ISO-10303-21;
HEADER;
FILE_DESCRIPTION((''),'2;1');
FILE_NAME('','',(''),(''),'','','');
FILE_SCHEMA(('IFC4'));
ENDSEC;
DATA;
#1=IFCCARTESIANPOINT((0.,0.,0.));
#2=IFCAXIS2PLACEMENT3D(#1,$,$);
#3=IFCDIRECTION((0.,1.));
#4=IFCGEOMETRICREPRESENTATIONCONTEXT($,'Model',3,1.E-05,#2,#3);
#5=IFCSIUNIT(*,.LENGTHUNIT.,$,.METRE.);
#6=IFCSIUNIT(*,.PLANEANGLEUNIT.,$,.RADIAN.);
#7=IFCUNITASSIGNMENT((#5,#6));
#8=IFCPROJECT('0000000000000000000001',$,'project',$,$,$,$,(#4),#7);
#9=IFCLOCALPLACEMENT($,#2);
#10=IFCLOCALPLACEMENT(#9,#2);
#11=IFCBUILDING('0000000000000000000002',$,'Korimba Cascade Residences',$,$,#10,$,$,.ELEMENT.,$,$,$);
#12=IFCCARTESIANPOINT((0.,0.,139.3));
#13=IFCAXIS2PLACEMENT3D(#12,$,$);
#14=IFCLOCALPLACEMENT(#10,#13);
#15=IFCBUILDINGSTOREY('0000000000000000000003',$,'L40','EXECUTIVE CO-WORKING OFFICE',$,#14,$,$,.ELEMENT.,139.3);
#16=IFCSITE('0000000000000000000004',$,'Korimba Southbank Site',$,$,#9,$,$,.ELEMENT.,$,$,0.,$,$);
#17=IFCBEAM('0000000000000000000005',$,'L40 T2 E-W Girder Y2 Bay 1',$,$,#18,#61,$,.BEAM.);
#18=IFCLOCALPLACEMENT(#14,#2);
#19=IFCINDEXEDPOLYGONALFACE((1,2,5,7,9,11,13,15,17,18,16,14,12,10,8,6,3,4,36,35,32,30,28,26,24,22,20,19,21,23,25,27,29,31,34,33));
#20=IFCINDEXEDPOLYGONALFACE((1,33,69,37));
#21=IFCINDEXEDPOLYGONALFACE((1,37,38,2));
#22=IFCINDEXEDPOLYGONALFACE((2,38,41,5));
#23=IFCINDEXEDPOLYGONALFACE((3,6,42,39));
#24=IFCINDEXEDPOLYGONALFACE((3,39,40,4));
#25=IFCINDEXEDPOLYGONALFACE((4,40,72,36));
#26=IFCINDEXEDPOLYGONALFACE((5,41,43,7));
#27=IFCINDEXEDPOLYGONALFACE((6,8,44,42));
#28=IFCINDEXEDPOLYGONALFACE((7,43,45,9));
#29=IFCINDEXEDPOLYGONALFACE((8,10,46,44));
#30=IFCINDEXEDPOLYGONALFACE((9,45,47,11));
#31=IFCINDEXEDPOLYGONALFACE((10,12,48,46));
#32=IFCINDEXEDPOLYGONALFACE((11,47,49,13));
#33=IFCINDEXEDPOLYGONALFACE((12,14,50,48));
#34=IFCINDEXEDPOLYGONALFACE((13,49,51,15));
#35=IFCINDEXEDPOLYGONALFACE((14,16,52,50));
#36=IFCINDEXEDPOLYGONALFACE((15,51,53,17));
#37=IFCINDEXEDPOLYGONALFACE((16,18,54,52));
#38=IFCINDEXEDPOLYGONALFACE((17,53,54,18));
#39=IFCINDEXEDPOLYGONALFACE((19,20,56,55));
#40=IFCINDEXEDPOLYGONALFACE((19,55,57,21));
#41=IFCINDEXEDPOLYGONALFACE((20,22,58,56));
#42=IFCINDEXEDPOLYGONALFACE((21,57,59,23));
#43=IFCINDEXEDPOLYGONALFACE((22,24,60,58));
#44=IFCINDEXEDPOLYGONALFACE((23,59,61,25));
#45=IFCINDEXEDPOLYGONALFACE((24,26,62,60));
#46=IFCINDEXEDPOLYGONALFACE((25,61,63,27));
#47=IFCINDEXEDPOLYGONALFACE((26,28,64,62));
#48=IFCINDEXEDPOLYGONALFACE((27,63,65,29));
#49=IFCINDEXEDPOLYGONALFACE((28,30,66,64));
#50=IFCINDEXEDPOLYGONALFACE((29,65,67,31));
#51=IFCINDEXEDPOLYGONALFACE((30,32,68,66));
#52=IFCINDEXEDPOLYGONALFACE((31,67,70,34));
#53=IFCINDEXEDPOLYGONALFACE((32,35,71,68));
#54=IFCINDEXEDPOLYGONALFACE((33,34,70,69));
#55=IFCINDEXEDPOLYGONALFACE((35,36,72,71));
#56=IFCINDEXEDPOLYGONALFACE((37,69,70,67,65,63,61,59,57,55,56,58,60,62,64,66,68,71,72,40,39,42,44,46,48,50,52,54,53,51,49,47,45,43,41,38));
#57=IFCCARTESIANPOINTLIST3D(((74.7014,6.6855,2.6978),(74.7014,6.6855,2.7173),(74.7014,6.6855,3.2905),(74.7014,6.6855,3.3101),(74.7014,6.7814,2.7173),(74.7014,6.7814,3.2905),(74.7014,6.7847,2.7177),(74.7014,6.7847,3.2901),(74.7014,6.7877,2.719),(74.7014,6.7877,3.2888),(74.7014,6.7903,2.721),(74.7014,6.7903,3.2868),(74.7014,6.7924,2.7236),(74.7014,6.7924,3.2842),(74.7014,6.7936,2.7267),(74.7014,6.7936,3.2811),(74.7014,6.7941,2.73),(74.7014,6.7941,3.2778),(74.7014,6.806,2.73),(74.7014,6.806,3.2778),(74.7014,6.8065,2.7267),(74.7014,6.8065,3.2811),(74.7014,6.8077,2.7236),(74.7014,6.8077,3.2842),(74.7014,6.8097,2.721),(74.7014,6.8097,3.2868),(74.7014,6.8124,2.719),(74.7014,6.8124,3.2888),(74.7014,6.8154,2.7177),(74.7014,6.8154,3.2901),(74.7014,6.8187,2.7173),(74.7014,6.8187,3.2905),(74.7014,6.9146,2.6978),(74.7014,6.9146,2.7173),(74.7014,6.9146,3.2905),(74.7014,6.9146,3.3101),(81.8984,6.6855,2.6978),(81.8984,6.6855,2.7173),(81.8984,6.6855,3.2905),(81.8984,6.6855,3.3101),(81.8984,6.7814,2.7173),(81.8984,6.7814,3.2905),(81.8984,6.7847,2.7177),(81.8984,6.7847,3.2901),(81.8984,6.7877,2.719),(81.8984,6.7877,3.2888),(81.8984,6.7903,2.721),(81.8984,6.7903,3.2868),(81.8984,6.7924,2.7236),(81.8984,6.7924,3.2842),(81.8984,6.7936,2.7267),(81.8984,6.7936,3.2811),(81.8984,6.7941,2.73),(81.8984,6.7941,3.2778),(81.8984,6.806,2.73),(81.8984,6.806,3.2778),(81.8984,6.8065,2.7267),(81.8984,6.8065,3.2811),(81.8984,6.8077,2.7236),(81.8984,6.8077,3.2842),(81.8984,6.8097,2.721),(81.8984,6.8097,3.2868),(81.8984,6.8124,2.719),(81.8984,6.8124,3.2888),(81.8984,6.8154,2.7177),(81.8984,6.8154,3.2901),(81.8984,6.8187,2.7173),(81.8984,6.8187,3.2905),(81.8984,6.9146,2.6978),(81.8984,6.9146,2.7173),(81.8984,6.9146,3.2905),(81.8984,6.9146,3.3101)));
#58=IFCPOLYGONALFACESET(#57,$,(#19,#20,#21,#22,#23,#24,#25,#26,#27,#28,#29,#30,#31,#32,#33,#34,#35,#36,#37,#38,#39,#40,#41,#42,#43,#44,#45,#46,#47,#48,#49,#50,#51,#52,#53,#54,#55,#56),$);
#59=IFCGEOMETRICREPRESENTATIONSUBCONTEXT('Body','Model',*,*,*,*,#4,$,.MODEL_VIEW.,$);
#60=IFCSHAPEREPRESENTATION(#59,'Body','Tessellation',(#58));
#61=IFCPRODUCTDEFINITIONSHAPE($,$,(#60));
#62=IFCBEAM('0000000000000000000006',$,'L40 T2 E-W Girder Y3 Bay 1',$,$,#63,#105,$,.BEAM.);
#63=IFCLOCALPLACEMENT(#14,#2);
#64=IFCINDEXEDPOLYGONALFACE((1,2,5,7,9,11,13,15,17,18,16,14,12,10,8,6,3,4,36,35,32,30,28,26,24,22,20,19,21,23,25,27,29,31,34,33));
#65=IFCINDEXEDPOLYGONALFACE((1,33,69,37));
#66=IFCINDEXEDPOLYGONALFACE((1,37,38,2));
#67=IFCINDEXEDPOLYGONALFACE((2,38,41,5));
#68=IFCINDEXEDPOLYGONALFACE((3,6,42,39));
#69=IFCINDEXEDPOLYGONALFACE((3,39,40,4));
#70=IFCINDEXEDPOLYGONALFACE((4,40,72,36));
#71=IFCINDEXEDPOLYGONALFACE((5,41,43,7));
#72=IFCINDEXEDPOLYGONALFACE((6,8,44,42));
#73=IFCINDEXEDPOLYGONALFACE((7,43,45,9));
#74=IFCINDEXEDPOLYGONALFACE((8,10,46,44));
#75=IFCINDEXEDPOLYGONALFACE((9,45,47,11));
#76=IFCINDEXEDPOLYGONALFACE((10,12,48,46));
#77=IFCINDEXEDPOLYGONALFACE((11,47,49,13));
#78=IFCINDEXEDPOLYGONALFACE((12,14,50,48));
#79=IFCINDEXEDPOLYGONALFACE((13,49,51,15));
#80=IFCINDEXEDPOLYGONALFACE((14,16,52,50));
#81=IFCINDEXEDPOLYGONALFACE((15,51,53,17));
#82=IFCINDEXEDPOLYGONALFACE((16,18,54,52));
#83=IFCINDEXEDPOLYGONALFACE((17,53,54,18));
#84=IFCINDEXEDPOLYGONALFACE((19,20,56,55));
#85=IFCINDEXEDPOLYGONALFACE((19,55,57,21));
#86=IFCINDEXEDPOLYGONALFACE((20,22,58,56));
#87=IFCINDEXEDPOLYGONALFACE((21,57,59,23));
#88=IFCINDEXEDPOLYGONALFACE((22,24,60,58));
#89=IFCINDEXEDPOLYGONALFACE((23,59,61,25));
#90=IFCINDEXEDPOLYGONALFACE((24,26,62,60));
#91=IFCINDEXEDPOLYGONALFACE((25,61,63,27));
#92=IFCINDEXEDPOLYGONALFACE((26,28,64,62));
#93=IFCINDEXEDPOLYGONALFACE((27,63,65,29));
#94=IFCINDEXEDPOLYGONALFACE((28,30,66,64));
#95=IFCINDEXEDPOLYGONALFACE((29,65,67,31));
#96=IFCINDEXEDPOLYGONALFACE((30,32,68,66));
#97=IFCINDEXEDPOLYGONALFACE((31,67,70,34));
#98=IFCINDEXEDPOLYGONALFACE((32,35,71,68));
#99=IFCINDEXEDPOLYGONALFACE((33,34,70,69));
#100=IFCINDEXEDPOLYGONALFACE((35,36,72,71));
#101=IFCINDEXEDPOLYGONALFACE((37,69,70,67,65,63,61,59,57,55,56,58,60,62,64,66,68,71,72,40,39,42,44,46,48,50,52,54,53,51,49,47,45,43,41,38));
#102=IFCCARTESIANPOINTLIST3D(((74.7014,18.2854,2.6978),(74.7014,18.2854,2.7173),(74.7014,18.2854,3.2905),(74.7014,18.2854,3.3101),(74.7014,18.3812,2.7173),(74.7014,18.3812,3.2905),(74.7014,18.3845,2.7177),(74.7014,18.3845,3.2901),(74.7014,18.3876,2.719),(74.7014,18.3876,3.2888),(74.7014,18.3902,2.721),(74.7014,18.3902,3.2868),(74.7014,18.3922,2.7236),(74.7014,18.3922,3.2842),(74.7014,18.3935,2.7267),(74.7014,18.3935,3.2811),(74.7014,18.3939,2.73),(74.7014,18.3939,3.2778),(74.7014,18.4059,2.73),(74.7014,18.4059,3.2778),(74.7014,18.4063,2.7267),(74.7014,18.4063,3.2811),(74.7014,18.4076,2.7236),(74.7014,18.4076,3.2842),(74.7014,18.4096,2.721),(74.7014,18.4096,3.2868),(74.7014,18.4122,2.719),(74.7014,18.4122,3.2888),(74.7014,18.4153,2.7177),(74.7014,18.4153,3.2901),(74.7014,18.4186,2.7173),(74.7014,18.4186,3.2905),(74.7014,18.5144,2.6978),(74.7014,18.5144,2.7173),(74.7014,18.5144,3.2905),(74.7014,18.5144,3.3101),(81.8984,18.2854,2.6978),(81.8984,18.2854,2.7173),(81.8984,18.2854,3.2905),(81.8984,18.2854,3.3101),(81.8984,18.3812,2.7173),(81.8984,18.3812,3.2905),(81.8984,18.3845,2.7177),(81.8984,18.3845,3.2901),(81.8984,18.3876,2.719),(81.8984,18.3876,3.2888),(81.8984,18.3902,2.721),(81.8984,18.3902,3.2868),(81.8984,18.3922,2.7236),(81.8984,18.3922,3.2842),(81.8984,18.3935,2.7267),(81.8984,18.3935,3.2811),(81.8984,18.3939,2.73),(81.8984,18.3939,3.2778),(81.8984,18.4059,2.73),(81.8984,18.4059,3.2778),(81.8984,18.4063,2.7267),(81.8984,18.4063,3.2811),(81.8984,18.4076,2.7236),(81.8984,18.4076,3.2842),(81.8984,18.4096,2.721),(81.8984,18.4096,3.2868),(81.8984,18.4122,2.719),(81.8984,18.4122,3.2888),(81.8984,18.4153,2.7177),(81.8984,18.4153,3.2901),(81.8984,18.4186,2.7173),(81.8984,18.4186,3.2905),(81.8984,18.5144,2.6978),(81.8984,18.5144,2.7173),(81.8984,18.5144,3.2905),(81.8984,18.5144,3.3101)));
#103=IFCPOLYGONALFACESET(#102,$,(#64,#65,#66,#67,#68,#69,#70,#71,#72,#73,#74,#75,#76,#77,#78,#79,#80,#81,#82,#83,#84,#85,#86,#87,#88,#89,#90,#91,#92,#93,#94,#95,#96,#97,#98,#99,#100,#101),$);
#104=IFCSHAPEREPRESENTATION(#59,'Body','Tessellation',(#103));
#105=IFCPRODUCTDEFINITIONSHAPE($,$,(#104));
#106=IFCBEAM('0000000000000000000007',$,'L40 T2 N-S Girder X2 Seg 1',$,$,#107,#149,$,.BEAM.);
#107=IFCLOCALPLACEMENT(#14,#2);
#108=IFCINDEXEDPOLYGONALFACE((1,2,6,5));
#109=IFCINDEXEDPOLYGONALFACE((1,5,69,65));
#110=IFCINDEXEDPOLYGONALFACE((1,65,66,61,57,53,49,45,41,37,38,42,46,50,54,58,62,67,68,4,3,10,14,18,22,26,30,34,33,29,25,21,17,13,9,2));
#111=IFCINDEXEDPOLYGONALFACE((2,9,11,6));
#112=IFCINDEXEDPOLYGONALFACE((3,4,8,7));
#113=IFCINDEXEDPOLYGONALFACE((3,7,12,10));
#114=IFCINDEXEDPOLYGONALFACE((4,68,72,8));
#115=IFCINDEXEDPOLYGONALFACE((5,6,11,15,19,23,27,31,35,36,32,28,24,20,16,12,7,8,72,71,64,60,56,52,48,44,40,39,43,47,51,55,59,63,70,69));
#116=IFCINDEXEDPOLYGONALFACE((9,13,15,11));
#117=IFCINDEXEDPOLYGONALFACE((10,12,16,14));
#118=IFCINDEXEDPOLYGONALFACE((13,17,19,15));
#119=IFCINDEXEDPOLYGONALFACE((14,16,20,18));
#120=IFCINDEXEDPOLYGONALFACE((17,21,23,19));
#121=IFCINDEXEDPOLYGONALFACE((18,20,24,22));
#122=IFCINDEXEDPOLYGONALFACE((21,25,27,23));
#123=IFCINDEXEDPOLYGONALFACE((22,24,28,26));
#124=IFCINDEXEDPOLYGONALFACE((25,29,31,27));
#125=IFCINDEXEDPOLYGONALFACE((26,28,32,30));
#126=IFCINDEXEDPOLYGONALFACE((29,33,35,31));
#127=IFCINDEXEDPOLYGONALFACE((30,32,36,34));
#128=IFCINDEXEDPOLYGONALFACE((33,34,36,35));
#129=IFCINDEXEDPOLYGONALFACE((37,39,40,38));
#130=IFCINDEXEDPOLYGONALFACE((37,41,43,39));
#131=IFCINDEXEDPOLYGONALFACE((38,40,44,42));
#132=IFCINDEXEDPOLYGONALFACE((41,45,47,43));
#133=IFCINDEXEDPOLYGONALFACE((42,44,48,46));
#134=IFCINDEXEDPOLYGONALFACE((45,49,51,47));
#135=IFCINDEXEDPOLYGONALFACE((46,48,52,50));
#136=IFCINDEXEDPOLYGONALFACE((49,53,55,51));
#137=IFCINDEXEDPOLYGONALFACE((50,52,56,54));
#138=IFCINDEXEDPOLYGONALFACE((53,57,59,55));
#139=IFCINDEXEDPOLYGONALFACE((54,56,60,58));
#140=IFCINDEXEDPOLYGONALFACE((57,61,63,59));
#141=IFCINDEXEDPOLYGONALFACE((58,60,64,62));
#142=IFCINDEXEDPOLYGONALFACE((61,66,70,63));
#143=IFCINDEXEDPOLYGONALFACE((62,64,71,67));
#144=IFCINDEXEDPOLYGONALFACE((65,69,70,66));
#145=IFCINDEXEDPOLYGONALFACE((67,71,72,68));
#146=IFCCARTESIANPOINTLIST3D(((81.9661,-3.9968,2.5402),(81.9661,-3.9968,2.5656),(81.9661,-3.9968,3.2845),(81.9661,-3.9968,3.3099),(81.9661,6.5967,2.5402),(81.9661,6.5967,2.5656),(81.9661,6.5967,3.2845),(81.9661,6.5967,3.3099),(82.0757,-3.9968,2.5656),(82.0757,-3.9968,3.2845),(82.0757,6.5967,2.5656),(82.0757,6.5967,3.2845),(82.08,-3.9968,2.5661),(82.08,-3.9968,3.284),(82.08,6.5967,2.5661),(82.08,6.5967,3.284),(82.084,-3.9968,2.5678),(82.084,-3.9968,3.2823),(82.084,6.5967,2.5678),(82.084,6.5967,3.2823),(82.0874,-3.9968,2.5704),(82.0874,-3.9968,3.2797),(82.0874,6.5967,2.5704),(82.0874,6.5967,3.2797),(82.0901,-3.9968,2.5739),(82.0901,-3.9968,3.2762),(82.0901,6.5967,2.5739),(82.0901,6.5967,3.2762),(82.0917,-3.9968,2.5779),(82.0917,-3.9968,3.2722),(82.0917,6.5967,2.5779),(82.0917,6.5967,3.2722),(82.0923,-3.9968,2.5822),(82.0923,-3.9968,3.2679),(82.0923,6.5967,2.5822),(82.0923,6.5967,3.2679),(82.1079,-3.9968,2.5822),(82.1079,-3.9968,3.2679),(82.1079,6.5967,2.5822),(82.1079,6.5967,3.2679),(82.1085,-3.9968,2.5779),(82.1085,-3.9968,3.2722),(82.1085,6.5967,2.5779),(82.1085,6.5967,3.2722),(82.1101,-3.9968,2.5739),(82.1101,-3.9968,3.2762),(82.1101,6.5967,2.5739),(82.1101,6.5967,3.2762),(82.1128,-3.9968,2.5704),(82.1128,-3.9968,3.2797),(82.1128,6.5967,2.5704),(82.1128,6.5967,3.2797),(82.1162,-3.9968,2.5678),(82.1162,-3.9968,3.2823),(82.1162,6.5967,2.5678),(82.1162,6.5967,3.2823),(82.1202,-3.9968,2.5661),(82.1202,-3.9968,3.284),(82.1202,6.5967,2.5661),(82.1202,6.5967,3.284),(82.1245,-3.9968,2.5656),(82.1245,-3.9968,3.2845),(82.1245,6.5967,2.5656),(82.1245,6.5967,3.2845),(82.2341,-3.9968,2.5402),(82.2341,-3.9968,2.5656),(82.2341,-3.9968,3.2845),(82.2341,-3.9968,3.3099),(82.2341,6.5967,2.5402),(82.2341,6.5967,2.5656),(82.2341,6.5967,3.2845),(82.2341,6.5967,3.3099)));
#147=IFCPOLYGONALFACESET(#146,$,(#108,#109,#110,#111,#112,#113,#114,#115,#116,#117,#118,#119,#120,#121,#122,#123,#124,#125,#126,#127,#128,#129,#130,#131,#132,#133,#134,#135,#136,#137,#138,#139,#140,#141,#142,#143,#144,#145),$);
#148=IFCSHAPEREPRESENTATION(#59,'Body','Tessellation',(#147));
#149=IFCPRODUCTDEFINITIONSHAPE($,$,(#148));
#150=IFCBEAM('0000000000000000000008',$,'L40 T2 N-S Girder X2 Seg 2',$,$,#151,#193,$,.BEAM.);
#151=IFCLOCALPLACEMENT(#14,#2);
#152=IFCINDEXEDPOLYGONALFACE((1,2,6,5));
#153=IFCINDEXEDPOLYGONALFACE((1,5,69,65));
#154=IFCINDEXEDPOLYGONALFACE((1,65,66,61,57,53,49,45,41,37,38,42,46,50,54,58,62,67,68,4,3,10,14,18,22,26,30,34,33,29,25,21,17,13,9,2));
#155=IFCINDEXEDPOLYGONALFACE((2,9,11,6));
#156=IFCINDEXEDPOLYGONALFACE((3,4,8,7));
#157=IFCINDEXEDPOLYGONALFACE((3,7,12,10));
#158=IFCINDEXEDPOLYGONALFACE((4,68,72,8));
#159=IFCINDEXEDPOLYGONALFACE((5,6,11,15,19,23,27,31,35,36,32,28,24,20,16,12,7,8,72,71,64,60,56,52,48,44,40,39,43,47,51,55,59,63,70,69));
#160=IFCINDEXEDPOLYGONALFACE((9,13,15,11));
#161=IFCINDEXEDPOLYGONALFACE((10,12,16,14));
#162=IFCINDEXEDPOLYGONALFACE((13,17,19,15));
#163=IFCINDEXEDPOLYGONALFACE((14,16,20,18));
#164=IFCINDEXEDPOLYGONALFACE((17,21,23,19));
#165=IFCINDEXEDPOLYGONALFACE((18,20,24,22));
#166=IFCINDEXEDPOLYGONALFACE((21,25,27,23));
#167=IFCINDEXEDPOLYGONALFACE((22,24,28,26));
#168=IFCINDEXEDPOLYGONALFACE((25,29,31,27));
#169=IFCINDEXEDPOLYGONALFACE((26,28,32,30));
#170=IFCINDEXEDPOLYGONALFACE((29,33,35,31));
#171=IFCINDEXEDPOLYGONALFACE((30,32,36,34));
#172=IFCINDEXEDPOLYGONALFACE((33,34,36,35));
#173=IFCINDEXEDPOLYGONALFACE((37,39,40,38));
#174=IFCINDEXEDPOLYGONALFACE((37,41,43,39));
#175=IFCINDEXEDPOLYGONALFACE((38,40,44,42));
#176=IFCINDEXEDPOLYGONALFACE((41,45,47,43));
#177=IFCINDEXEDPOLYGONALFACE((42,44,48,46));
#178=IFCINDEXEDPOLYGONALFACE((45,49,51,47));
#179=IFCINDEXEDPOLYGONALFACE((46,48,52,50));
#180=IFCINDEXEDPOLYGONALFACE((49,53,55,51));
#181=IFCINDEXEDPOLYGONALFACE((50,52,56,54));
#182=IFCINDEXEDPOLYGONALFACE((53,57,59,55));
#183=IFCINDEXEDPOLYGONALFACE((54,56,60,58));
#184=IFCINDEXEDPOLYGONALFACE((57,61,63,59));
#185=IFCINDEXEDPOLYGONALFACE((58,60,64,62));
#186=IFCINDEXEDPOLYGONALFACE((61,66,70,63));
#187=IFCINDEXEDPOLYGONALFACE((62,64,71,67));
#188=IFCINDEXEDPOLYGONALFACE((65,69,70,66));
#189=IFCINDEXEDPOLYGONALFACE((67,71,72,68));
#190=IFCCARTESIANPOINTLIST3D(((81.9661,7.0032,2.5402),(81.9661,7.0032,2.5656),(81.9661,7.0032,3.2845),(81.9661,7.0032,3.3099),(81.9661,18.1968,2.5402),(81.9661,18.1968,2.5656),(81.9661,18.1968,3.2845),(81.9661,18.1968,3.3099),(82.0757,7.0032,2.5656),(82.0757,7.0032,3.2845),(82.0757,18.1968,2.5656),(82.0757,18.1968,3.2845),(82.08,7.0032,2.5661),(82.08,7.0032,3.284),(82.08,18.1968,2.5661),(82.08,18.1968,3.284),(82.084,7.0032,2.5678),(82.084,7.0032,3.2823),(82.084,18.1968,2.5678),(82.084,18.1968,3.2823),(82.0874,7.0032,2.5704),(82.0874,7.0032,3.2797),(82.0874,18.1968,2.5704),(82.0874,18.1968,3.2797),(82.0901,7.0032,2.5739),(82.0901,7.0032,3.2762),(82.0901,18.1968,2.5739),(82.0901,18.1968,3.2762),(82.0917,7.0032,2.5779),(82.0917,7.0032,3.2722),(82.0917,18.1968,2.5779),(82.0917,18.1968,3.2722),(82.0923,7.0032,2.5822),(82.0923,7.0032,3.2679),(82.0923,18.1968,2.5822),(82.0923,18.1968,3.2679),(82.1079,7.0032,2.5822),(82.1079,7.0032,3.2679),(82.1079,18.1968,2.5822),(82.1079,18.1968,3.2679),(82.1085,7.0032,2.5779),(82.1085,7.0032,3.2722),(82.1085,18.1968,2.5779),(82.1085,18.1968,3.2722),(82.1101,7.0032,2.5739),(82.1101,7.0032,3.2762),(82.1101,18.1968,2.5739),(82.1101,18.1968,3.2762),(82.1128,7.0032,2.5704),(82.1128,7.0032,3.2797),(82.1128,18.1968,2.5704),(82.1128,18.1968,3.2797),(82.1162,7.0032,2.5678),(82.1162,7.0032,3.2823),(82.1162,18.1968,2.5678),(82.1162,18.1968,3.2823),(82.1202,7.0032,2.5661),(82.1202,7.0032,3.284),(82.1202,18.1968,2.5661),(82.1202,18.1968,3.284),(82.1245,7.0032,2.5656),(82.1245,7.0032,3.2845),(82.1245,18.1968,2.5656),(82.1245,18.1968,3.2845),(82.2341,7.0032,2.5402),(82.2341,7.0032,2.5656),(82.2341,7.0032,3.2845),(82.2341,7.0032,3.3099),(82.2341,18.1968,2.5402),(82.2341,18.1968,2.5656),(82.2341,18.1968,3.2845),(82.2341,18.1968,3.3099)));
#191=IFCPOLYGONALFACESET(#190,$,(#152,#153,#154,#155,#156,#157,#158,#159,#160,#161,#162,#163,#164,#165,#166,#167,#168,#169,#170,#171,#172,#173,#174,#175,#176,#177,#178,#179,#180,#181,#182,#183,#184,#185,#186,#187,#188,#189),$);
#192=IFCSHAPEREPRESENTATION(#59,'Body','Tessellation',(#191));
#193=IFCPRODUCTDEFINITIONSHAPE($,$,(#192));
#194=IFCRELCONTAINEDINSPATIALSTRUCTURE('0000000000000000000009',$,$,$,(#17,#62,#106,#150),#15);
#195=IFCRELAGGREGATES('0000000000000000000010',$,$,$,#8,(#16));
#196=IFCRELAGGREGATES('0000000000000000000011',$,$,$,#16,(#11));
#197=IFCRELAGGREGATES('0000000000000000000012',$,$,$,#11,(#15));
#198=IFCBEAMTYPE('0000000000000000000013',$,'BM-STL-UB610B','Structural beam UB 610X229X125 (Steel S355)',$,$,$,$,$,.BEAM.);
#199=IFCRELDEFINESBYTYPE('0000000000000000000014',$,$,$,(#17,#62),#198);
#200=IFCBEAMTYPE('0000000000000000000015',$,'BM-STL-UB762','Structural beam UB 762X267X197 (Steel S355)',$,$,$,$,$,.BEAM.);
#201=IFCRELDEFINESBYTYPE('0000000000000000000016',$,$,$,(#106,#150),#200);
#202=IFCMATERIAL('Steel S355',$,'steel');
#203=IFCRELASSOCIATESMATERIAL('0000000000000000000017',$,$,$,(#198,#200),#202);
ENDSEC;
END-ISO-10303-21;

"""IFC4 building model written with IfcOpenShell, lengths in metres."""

from ifc_helpers import new_model, si_unit, direction, frame, origin, origin_2d, place, context, subcontext, project, spatial, i_section, extrude, material, material_profile, profile_set, type_object, element, save


model = new_model("IFC4")

# Units and contexts
model_context = context("Model", 3, precision=1e-05, world=origin(), true_north=direction((0.0, 1.0)))
body_context = subcontext(model_context, "Body", "Model", "MODEL_VIEW")
ifc_project = project(units=[si_unit("LENGTHUNIT", "METRE"), si_unit("PLANEANGLEUNIT", "RADIAN")], contexts=[model_context])

# Site, building, storey
site_placement = place(None, origin())
site = spatial("IfcSite", under=ifc_project, at=site_placement, Name="Korimba Southbank Site", CompositionType="ELEMENT", RefElevation=0.0)
building_placement = place(site_placement, origin())
building = spatial("IfcBuilding", under=site, at=building_placement, Name="Korimba Cascade Residences", CompositionType="ELEMENT")
storey_placement = place(building_placement, frame((0.0, 0.0, 139.3)))
storey = spatial("IfcBuildingStorey", under=building, at=storey_placement, Name="L40", Description="EXECUTIVE CO-WORKING OFFICE", CompositionType="ELEMENT", Elevation=139.3)

# Beams
ifc_material_1 = material(Name="Steel S355", Category="steel")
ifc_material_profile_1 = material_profile(ifc_material_1, i_section(OverallWidth=0.229, OverallDepth=0.6123, WebThickness=0.012, FlangeThickness=0.0195, FilletRadius=0.0127, at=origin_2d()), Name="Steel S355")
ifc_profile_set_1 = profile_set([ifc_material_profile_1], Name="Steel S355")
beam_type_1 = type_object("IfcBeamType", Name="BM-STL-UB610B", Description="Structural beam UB 610X229X125 (Steel S355)", PredefinedType="BEAM", material=ifc_profile_set_1)
for number, where, z_axis, x_axis, name in (
    (1, (74.7014, 6.8, 3.0039), (1.0, 0.0, 0.0), (0.0, 1.0, 0.0), "L40 T2 E-W Girder Y2 Bay 1"),
    (2, (74.7014, 18.3999, 3.0039), (1.0, 0.0, 0.0), (0.0, 1.0, 0.0), "L40 T2 E-W Girder Y3 Bay 1"),
):
    element("IfcBeam", number, at=place(storey_placement, frame(where, z_axis=z_axis, x_axis=x_axis)), inside=storey, type_object=beam_type_1, Name=name, PredefinedType="BEAM", context=body_context, shape_type="SweptSolid", body=[
        extrude(i_section(OverallWidth=0.229, OverallDepth=0.6123, WebThickness=0.012, FlangeThickness=0.0195, FilletRadius=0.0127, at=origin_2d()), origin(), (0.0, 0.0, 1.0), 7.197),
    ])
ifc_material_profile_2 = material_profile(ifc_material_1, i_section(OverallWidth=0.2681, OverallDepth=0.7698, WebThickness=0.0156, FlangeThickness=0.0254, FilletRadius=0.0166, at=origin_2d()), Name="Steel S355")
ifc_profile_set_2 = profile_set([ifc_material_profile_2], Name="Steel S355")
beam_type_2 = type_object("IfcBeamType", Name="BM-STL-UB762", Description="Structural beam UB 762X267X197 (Steel S355)", PredefinedType="BEAM", material=ifc_profile_set_2)
beam_1_placement = place(storey_placement, frame((82.1001, -3.9968, 2.925), z_axis=(0.0, 1.0, 0.0), x_axis=(-1.0, 0.0, 0.0)))
element("IfcBeam", 3, at=beam_1_placement, inside=storey, type_object=beam_type_2, Name="L40 T2 N-S Girder X2 Seg 1", PredefinedType="BEAM", context=body_context, shape_type="SweptSolid", body=[
    extrude(i_section(OverallWidth=0.2681, OverallDepth=0.7698, WebThickness=0.0156, FlangeThickness=0.0254, FilletRadius=0.0166, at=origin_2d()), origin(), (0.0, 0.0, 1.0), 10.5935),
])
beam_2_placement = place(storey_placement, frame((82.1001, 7.0032, 2.925), z_axis=(0.0, 1.0, 0.0), x_axis=(-1.0, 0.0, 0.0)))
element("IfcBeam", 4, at=beam_2_placement, inside=storey, type_object=beam_type_2, Name="L40 T2 N-S Girder X2 Seg 2", PredefinedType="BEAM", context=body_context, shape_type="SweptSolid", body=[
    extrude(i_section(OverallWidth=0.2681, OverallDepth=0.7698, WebThickness=0.0156, FlangeThickness=0.0254, FilletRadius=0.0166, at=origin_2d()), origin(), (0.0, 0.0, 1.0), 11.1936),
])

save(model, "model.ifc")
